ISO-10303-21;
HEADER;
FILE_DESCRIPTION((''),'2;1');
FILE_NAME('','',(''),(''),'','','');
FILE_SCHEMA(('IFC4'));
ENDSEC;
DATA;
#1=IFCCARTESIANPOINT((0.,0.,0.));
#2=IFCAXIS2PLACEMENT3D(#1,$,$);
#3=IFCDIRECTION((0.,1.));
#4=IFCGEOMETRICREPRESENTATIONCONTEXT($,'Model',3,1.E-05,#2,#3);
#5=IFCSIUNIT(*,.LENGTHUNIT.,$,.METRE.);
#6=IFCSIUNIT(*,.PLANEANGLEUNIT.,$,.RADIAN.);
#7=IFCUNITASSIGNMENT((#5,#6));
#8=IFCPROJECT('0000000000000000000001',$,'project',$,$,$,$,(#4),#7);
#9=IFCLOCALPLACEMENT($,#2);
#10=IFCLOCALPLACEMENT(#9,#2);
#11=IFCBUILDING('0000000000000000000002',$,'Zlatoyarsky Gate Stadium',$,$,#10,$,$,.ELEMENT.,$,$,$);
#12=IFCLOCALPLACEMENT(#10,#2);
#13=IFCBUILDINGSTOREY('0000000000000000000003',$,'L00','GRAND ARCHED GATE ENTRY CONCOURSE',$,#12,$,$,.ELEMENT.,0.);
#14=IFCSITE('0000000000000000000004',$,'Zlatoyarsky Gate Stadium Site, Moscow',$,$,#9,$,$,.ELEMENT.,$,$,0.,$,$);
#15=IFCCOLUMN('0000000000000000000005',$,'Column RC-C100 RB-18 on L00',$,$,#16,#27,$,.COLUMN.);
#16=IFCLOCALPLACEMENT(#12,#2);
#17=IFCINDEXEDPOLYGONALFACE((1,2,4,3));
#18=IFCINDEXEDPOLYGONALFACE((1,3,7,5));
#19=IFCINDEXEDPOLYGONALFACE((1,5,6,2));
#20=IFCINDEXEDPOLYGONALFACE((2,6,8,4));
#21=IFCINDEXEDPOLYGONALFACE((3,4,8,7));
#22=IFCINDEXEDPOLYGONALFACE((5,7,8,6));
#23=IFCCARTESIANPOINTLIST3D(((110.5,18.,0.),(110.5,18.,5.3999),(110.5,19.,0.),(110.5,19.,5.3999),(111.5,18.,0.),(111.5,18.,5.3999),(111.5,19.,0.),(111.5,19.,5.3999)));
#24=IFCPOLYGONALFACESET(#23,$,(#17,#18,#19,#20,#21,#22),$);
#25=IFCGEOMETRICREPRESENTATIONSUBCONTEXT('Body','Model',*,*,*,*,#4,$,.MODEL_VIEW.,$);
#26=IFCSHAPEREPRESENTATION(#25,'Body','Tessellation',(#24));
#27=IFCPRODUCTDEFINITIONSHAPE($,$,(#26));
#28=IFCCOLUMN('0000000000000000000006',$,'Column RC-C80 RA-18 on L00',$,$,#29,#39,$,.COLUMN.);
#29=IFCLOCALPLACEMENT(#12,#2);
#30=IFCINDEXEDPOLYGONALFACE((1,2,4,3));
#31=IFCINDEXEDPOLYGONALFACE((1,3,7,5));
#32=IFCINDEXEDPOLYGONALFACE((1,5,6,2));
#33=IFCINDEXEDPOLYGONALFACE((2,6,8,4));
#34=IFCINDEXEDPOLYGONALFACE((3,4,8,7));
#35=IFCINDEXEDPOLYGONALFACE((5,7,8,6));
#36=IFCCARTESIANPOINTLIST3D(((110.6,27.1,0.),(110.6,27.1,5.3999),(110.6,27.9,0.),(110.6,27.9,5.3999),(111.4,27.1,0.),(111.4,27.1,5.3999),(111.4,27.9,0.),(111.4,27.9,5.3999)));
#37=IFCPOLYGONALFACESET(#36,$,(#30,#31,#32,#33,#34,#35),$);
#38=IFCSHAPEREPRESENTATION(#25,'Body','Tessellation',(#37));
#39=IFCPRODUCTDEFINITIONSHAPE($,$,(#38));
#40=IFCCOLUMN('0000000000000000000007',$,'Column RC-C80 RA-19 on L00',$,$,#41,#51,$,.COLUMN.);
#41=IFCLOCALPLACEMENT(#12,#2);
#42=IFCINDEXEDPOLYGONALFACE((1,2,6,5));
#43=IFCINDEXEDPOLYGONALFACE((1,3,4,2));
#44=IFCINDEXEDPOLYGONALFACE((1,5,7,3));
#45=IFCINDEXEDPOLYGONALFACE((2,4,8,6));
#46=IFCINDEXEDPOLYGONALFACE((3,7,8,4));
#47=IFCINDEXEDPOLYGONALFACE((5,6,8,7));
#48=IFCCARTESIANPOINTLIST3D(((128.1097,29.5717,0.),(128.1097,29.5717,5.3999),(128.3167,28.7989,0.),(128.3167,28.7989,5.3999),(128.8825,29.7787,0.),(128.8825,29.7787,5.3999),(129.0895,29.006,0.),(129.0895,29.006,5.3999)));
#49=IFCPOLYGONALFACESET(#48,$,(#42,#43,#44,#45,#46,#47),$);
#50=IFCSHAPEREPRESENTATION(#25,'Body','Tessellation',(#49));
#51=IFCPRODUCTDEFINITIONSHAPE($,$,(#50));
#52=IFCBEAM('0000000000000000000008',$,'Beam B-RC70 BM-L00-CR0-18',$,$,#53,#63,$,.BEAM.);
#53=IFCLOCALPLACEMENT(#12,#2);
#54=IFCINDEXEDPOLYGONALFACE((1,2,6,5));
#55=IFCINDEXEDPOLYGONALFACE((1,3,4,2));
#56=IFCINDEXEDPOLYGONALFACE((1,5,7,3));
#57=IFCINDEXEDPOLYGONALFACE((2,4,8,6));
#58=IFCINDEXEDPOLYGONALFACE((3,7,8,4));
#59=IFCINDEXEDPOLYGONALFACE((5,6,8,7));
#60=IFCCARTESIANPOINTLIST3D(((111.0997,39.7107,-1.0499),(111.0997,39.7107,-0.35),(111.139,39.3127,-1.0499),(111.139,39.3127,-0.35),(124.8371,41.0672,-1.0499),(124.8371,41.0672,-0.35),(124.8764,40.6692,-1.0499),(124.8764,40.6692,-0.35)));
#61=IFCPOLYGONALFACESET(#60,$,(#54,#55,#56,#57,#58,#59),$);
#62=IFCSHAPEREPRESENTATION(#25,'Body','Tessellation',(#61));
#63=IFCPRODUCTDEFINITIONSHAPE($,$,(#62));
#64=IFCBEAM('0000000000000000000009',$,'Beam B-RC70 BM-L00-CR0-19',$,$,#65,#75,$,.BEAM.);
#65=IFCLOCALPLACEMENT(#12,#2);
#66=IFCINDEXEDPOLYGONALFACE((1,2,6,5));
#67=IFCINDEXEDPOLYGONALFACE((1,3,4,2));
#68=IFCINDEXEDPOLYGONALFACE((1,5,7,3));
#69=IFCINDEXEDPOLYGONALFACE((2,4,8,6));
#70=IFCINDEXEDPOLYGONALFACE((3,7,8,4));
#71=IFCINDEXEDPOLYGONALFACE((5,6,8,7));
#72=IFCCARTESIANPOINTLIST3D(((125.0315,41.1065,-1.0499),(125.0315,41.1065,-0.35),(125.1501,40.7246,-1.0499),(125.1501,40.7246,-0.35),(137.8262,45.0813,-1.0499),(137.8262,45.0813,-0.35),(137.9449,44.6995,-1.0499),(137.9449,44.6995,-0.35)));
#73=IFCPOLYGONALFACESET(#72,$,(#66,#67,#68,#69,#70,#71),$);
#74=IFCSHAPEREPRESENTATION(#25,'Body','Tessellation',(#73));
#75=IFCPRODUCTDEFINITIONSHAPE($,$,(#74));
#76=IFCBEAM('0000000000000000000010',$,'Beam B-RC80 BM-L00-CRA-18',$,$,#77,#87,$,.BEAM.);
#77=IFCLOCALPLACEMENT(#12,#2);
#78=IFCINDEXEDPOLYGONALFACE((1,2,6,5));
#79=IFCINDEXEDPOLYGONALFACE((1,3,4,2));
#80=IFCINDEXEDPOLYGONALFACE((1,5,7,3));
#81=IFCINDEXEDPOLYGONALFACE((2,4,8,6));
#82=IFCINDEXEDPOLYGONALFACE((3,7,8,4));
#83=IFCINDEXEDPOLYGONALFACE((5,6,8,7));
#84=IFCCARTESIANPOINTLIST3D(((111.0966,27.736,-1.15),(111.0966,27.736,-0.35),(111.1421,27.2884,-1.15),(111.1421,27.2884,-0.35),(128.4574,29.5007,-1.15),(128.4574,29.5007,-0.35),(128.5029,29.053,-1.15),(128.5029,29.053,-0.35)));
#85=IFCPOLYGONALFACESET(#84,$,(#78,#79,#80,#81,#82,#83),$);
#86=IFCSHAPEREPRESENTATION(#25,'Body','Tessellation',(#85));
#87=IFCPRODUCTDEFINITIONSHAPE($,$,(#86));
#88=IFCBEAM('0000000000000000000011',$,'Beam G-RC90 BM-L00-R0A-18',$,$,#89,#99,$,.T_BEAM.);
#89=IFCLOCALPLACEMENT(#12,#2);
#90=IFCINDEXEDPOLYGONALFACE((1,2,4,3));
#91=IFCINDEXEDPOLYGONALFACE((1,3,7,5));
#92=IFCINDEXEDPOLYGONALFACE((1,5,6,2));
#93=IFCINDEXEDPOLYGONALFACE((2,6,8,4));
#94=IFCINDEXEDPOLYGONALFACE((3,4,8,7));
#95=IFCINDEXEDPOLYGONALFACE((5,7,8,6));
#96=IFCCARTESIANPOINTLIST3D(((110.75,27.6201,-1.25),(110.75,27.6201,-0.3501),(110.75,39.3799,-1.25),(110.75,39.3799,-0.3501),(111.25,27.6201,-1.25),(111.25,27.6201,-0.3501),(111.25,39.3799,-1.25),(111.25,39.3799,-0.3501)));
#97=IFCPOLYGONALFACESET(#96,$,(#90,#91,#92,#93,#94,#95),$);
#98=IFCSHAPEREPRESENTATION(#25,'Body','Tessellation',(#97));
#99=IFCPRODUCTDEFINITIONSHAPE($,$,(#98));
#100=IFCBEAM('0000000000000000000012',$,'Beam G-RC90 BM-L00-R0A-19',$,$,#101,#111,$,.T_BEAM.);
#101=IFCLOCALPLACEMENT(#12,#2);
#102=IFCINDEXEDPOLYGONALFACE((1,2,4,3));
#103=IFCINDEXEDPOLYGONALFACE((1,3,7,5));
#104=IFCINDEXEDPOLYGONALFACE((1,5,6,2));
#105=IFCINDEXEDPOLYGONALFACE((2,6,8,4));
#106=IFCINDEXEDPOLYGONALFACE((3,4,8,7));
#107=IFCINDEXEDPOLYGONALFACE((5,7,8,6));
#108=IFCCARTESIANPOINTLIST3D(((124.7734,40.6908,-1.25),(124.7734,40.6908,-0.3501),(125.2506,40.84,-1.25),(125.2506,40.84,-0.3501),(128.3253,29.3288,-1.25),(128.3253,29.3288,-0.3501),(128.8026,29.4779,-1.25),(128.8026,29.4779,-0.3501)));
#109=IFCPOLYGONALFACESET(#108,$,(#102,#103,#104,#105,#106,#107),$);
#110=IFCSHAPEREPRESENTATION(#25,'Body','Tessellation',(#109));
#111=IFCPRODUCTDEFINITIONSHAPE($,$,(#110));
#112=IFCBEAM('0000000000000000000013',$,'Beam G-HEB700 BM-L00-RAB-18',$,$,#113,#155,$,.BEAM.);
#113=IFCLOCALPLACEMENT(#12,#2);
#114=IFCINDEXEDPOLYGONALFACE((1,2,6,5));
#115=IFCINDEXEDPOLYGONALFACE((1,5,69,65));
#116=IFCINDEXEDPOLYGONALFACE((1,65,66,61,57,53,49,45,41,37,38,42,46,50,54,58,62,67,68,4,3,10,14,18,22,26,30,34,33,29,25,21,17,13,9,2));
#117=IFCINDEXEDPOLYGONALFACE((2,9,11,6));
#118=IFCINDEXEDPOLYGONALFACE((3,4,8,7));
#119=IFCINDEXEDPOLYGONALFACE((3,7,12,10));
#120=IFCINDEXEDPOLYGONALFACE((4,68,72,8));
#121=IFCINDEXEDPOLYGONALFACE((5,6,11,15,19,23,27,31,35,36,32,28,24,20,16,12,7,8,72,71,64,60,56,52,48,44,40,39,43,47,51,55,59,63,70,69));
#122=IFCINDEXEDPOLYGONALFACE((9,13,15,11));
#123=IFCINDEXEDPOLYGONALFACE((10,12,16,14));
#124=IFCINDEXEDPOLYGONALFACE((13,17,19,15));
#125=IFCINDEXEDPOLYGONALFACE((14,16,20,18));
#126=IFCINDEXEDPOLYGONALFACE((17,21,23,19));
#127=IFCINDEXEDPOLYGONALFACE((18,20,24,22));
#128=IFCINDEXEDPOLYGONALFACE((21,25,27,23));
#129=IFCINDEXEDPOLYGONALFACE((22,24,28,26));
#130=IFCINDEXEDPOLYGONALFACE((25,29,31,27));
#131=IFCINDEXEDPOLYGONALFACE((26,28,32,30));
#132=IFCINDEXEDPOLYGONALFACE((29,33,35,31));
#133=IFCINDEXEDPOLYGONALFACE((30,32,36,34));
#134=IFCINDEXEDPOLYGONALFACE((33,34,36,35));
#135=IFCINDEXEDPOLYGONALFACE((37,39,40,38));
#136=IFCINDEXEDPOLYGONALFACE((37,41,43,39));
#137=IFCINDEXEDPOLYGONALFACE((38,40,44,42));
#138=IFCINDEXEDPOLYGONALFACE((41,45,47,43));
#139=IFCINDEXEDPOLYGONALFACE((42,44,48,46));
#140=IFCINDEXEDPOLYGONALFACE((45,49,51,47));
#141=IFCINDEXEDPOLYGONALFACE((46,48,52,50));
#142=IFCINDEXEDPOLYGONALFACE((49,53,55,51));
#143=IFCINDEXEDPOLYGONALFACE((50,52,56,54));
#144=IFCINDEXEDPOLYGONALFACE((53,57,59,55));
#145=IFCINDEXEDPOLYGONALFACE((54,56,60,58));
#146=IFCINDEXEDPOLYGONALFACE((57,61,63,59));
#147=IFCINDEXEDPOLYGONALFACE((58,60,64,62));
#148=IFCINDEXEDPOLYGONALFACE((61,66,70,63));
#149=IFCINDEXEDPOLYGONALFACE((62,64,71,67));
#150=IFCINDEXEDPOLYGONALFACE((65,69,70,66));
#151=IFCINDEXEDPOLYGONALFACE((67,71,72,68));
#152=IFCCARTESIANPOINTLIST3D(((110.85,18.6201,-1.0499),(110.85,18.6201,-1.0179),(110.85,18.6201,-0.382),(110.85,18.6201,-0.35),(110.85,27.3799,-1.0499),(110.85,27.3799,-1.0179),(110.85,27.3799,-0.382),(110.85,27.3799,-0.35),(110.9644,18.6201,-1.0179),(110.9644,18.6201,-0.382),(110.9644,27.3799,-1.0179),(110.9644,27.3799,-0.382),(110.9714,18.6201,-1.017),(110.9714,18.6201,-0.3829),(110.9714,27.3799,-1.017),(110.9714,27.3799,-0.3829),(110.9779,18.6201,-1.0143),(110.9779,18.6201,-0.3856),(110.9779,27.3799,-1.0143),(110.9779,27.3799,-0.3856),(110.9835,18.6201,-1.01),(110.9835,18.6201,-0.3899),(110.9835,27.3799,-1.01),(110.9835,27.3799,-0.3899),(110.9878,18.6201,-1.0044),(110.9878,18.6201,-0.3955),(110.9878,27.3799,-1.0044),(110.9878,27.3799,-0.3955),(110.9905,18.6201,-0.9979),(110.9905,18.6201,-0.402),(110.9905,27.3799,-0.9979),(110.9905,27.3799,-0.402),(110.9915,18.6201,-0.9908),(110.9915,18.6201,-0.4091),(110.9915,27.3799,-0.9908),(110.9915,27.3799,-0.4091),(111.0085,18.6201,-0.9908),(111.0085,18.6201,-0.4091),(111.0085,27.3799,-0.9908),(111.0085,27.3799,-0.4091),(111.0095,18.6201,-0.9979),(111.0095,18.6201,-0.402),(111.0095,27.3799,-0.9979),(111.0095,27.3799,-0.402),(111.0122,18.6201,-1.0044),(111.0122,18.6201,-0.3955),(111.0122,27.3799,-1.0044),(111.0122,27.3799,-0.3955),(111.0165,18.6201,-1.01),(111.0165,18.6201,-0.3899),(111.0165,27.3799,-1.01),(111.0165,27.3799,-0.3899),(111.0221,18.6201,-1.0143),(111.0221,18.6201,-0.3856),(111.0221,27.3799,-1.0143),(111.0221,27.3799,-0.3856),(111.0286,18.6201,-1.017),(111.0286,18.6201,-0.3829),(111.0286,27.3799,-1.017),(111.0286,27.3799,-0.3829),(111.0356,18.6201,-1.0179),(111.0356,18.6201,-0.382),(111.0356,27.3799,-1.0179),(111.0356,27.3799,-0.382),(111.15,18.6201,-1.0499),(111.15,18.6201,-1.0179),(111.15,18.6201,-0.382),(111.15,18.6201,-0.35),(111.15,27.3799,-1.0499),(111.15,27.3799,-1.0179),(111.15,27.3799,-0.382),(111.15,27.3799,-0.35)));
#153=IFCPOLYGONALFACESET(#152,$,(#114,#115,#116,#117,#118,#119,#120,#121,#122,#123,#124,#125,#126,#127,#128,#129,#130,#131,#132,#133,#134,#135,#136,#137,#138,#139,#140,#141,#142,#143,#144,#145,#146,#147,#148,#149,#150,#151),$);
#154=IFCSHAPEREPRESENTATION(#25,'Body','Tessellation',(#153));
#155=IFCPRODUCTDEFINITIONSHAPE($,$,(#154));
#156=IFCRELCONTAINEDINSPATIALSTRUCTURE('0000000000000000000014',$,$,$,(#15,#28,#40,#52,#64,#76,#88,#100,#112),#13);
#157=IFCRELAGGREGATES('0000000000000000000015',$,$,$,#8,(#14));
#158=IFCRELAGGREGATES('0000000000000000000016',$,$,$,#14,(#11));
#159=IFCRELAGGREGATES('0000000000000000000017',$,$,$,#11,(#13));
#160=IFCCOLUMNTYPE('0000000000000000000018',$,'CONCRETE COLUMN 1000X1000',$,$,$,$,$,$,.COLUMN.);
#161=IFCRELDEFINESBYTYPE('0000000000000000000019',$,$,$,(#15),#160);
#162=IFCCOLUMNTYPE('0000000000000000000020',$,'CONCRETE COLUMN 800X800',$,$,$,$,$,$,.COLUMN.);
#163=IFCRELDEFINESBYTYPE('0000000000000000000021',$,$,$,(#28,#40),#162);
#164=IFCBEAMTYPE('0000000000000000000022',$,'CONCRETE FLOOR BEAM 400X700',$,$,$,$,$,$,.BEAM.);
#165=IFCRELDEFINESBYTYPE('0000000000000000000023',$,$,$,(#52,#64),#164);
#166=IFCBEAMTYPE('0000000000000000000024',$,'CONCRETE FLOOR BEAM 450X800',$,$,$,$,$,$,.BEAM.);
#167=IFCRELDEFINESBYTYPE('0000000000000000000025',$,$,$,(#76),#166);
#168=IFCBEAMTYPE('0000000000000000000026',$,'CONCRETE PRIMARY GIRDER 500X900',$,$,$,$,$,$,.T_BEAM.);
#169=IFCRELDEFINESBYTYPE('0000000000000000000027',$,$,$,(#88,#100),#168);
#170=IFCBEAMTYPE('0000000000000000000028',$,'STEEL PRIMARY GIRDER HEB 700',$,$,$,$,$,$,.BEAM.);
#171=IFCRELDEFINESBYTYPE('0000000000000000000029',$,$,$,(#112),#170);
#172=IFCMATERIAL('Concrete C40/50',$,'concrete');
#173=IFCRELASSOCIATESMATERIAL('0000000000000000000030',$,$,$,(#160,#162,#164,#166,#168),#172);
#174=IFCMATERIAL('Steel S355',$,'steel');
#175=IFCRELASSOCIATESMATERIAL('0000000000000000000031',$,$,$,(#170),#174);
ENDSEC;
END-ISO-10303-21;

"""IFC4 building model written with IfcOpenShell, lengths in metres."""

from ifc_helpers import new_model, si_unit, direction, frame, origin, origin_2d, place, context, subcontext, project, spatial, rectangle, i_section, extrude, material, material_profile, profile_set, type_object, element, save


model = new_model("IFC4")

# Units and contexts
model_context = context("Model", 3, precision=1e-05, world=origin(), true_north=direction((0.0, 1.0)))
body_context = subcontext(model_context, "Body", "Model", "MODEL_VIEW")
ifc_project = project(units=[si_unit("LENGTHUNIT", "METRE"), si_unit("PLANEANGLEUNIT", "RADIAN")], contexts=[model_context])

# Site, building, storey
site_placement = place(None, origin())
site = spatial("IfcSite", under=ifc_project, at=site_placement, Name="Zlatoyarsky Gate Stadium Site, Moscow", CompositionType="ELEMENT", RefElevation=0.0)
building_placement = place(site_placement, origin())
building = spatial("IfcBuilding", under=site, at=building_placement, Name="Zlatoyarsky Gate Stadium", CompositionType="ELEMENT")
storey_placement = place(building_placement, origin())
storey = spatial("IfcBuildingStorey", under=building, at=storey_placement, Name="L00", Description="GRAND ARCHED GATE ENTRY CONCOURSE", CompositionType="ELEMENT", Elevation=0.0)

# Columns
ifc_material_1 = material(Name="Concrete C40/50", Category="concrete")
ifc_material_profile_1 = material_profile(ifc_material_1, rectangle(XDim=1.0, YDim=1.0, at=origin_2d()), Name="RC COL 1000X1000")
ifc_profile_set_1 = profile_set([ifc_material_profile_1], Name="Concrete C40/50")
column_type_1 = type_object("IfcColumnType", Name="CONCRETE COLUMN 1000X1000", PredefinedType="COLUMN", material=ifc_profile_set_1)
column_placement = place(storey_placement, frame((111.0, 18.5, 0.0), z_axis=(0.0, 0.0, 1.0), x_axis=(0.0, -1.0, 0.0)))
element("IfcColumn", 1, at=column_placement, inside=storey, type_object=column_type_1, Name="Column RC-C100 RB-18 on L00", PredefinedType="COLUMN", context=body_context, shape_type="SweptSolid", body=[
    extrude(rectangle(XDim=1.0, YDim=1.0, at=origin_2d()), origin(), (0.0, 0.0, 1.0), 5.3999),
])
ifc_material_profile_2 = material_profile(ifc_material_1, rectangle(XDim=0.8, YDim=0.8, at=origin_2d()), Name="RC COL 800X800")
ifc_profile_set_2 = profile_set([ifc_material_profile_2], Name="Concrete C40/50")
column_type_2 = type_object("IfcColumnType", Name="CONCRETE COLUMN 800X800", PredefinedType="COLUMN", material=ifc_profile_set_2)
for number, where, z_axis, x_axis, name in (
    (2, (111.0, 27.5, 0.0), (0.0, 0.0, 1.0), (0.0, -1.0, 0.0), "Column RC-C80 RA-18 on L00"),
    (3, (128.5996, 29.2888, 0.0), (0.0, 0.0, 1.0), (0.258819, -0.965926, 0.0), "Column RC-C80 RA-19 on L00"),
):
    element("IfcColumn", number, at=place(storey_placement, frame(where, z_axis=z_axis, x_axis=x_axis)), inside=storey, type_object=column_type_2, Name=name, PredefinedType="COLUMN", context=body_context, shape_type="SweptSolid", body=[
        extrude(rectangle(XDim=0.8, YDim=0.8, at=origin_2d()), origin(), (0.0, 0.0, 1.0), 5.3999),
    ])

# Beams
ifc_material_profile_3 = material_profile(ifc_material_1, rectangle(XDim=0.3999, YDim=0.7, at=origin_2d()), Name="RC BEAM 400X700")
ifc_profile_set_3 = profile_set([ifc_material_profile_3], Name="Concrete C40/50")
beam_type_1 = type_object("IfcBeamType", Name="CONCRETE FLOOR BEAM 400X700", PredefinedType="BEAM", material=ifc_profile_set_3)
beam_1_placement = place(storey_placement, frame((111.1194, 39.5117, -0.7), z_axis=(0.99516, 0.098264, 0.0), x_axis=(-0.098264, 0.99516, 0.0)))
element("IfcBeam", 4, at=beam_1_placement, inside=storey, type_object=beam_type_1, Name="Beam B-RC70 BM-L00-CR0-18", PredefinedType="BEAM", context=body_context, shape_type="SweptSolid", body=[
    extrude(rectangle(XDim=0.3999, YDim=0.7, at=origin_2d()), origin(), (0.0, 0.0, 1.0), 13.8042),
])
beam_2_placement = place(storey_placement, frame((125.0908, 40.9155, -0.7), z_axis=(0.954978, 0.296678, 0.0), x_axis=(-0.296678, 0.954978, 0.0)))
element("IfcBeam", 5, at=beam_2_placement, inside=storey, type_object=beam_type_1, Name="Beam B-RC70 BM-L00-CR0-19", PredefinedType="BEAM", context=body_context, shape_type="SweptSolid", body=[
    extrude(rectangle(XDim=0.3999, YDim=0.7, at=origin_2d()), origin(), (0.0, 0.0, 1.0), 13.3979),
])
ifc_material_profile_4 = material_profile(ifc_material_1, rectangle(XDim=0.45, YDim=0.8, at=origin_2d()), Name="RC BEAM 450X800")
ifc_profile_set_4 = profile_set([ifc_material_profile_4], Name="Concrete C40/50")
beam_type_2 = type_object("IfcBeamType", Name="CONCRETE FLOOR BEAM 450X800", PredefinedType="BEAM", material=ifc_profile_set_4)
beam_3_placement = place(storey_placement, frame((111.1194, 27.5122, -0.75), z_axis=(0.994874, 0.101124, 0.0), x_axis=(-0.101124, 0.994874, 0.0)))
element("IfcBeam", 6, at=beam_3_placement, inside=storey, type_object=beam_type_2, Name="Beam B-RC80 BM-L00-CRA-18", PredefinedType="BEAM", context=body_context, shape_type="SweptSolid", body=[
    extrude(rectangle(XDim=0.45, YDim=0.8, at=origin_2d()), origin(), (0.0, 0.0, 1.0), 17.4502),
])
ifc_material_profile_5 = material_profile(ifc_material_1, rectangle(XDim=0.5, YDim=0.8999, at=origin_2d()), Name="RC GIRDER 500X900")
ifc_profile_set_5 = profile_set([ifc_material_profile_5], Name="Concrete C40/50")
beam_type_3 = type_object("IfcBeamType", Name="CONCRETE PRIMARY GIRDER 500X900", PredefinedType="T_BEAM", material=ifc_profile_set_5)
beam_4_placement = place(storey_placement, frame((111.0, 39.3799, -0.8), z_axis=(0.0, -1.0, 0.0), x_axis=(1.0, 0.0, 0.0)))
element("IfcBeam", 7, at=beam_4_placement, inside=storey, type_object=beam_type_3, Name="Beam G-RC90 BM-L00-R0A-18", PredefinedType="T_BEAM", context=body_context, shape_type="SweptSolid", body=[
    extrude(rectangle(XDim=0.5, YDim=0.8999, at=origin_2d()), origin(), (0.0, 0.0, 1.0), 11.7598),
])
beam_5_placement = place(storey_placement, frame((125.012, 40.7654, -0.8), z_axis=(0.298379, -0.954447, 0.0), x_axis=(0.954447, 0.298379, 0.0)))
element("IfcBeam", 8, at=beam_5_placement, inside=storey, type_object=beam_type_3, Name="Beam G-RC90 BM-L00-R0A-19", PredefinedType="T_BEAM", context=body_context, shape_type="SweptSolid", body=[
    extrude(rectangle(XDim=0.5, YDim=0.8999, at=origin_2d()), origin(), (0.0, 0.0, 1.0), 11.9043),
])
ifc_material_2 = material(Name="Steel S355", Category="steel")
ifc_material_profile_6 = material_profile(ifc_material_2, i_section(OverallWidth=0.3, OverallDepth=0.7, WebThickness=0.0171, FlangeThickness=0.032, FilletRadius=0.0271, at=origin_2d()), Name="HEB 700")
ifc_profile_set_6 = profile_set([ifc_material_profile_6], Name="Steel S355")
beam_type_4 = type_object("IfcBeamType", Name="STEEL PRIMARY GIRDER HEB 700", PredefinedType="BEAM", material=ifc_profile_set_6)
beam_6_placement = place(storey_placement, frame((111.0, 27.3799, -0.7), z_axis=(0.0, -1.0, 0.0), x_axis=(1.0, 0.0, 0.0)))
element("IfcBeam", 9, at=beam_6_placement, inside=storey, type_object=beam_type_4, Name="Beam G-HEB700 BM-L00-RAB-18", PredefinedType="BEAM", context=body_context, shape_type="SweptSolid", body=[
    extrude(i_section(OverallWidth=0.3, OverallDepth=0.7, WebThickness=0.0171, FlangeThickness=0.032, FilletRadius=0.0271, at=origin_2d()), origin(), (0.0, 0.0, 1.0), 8.7598),
])

save(model, "model.ifc")
